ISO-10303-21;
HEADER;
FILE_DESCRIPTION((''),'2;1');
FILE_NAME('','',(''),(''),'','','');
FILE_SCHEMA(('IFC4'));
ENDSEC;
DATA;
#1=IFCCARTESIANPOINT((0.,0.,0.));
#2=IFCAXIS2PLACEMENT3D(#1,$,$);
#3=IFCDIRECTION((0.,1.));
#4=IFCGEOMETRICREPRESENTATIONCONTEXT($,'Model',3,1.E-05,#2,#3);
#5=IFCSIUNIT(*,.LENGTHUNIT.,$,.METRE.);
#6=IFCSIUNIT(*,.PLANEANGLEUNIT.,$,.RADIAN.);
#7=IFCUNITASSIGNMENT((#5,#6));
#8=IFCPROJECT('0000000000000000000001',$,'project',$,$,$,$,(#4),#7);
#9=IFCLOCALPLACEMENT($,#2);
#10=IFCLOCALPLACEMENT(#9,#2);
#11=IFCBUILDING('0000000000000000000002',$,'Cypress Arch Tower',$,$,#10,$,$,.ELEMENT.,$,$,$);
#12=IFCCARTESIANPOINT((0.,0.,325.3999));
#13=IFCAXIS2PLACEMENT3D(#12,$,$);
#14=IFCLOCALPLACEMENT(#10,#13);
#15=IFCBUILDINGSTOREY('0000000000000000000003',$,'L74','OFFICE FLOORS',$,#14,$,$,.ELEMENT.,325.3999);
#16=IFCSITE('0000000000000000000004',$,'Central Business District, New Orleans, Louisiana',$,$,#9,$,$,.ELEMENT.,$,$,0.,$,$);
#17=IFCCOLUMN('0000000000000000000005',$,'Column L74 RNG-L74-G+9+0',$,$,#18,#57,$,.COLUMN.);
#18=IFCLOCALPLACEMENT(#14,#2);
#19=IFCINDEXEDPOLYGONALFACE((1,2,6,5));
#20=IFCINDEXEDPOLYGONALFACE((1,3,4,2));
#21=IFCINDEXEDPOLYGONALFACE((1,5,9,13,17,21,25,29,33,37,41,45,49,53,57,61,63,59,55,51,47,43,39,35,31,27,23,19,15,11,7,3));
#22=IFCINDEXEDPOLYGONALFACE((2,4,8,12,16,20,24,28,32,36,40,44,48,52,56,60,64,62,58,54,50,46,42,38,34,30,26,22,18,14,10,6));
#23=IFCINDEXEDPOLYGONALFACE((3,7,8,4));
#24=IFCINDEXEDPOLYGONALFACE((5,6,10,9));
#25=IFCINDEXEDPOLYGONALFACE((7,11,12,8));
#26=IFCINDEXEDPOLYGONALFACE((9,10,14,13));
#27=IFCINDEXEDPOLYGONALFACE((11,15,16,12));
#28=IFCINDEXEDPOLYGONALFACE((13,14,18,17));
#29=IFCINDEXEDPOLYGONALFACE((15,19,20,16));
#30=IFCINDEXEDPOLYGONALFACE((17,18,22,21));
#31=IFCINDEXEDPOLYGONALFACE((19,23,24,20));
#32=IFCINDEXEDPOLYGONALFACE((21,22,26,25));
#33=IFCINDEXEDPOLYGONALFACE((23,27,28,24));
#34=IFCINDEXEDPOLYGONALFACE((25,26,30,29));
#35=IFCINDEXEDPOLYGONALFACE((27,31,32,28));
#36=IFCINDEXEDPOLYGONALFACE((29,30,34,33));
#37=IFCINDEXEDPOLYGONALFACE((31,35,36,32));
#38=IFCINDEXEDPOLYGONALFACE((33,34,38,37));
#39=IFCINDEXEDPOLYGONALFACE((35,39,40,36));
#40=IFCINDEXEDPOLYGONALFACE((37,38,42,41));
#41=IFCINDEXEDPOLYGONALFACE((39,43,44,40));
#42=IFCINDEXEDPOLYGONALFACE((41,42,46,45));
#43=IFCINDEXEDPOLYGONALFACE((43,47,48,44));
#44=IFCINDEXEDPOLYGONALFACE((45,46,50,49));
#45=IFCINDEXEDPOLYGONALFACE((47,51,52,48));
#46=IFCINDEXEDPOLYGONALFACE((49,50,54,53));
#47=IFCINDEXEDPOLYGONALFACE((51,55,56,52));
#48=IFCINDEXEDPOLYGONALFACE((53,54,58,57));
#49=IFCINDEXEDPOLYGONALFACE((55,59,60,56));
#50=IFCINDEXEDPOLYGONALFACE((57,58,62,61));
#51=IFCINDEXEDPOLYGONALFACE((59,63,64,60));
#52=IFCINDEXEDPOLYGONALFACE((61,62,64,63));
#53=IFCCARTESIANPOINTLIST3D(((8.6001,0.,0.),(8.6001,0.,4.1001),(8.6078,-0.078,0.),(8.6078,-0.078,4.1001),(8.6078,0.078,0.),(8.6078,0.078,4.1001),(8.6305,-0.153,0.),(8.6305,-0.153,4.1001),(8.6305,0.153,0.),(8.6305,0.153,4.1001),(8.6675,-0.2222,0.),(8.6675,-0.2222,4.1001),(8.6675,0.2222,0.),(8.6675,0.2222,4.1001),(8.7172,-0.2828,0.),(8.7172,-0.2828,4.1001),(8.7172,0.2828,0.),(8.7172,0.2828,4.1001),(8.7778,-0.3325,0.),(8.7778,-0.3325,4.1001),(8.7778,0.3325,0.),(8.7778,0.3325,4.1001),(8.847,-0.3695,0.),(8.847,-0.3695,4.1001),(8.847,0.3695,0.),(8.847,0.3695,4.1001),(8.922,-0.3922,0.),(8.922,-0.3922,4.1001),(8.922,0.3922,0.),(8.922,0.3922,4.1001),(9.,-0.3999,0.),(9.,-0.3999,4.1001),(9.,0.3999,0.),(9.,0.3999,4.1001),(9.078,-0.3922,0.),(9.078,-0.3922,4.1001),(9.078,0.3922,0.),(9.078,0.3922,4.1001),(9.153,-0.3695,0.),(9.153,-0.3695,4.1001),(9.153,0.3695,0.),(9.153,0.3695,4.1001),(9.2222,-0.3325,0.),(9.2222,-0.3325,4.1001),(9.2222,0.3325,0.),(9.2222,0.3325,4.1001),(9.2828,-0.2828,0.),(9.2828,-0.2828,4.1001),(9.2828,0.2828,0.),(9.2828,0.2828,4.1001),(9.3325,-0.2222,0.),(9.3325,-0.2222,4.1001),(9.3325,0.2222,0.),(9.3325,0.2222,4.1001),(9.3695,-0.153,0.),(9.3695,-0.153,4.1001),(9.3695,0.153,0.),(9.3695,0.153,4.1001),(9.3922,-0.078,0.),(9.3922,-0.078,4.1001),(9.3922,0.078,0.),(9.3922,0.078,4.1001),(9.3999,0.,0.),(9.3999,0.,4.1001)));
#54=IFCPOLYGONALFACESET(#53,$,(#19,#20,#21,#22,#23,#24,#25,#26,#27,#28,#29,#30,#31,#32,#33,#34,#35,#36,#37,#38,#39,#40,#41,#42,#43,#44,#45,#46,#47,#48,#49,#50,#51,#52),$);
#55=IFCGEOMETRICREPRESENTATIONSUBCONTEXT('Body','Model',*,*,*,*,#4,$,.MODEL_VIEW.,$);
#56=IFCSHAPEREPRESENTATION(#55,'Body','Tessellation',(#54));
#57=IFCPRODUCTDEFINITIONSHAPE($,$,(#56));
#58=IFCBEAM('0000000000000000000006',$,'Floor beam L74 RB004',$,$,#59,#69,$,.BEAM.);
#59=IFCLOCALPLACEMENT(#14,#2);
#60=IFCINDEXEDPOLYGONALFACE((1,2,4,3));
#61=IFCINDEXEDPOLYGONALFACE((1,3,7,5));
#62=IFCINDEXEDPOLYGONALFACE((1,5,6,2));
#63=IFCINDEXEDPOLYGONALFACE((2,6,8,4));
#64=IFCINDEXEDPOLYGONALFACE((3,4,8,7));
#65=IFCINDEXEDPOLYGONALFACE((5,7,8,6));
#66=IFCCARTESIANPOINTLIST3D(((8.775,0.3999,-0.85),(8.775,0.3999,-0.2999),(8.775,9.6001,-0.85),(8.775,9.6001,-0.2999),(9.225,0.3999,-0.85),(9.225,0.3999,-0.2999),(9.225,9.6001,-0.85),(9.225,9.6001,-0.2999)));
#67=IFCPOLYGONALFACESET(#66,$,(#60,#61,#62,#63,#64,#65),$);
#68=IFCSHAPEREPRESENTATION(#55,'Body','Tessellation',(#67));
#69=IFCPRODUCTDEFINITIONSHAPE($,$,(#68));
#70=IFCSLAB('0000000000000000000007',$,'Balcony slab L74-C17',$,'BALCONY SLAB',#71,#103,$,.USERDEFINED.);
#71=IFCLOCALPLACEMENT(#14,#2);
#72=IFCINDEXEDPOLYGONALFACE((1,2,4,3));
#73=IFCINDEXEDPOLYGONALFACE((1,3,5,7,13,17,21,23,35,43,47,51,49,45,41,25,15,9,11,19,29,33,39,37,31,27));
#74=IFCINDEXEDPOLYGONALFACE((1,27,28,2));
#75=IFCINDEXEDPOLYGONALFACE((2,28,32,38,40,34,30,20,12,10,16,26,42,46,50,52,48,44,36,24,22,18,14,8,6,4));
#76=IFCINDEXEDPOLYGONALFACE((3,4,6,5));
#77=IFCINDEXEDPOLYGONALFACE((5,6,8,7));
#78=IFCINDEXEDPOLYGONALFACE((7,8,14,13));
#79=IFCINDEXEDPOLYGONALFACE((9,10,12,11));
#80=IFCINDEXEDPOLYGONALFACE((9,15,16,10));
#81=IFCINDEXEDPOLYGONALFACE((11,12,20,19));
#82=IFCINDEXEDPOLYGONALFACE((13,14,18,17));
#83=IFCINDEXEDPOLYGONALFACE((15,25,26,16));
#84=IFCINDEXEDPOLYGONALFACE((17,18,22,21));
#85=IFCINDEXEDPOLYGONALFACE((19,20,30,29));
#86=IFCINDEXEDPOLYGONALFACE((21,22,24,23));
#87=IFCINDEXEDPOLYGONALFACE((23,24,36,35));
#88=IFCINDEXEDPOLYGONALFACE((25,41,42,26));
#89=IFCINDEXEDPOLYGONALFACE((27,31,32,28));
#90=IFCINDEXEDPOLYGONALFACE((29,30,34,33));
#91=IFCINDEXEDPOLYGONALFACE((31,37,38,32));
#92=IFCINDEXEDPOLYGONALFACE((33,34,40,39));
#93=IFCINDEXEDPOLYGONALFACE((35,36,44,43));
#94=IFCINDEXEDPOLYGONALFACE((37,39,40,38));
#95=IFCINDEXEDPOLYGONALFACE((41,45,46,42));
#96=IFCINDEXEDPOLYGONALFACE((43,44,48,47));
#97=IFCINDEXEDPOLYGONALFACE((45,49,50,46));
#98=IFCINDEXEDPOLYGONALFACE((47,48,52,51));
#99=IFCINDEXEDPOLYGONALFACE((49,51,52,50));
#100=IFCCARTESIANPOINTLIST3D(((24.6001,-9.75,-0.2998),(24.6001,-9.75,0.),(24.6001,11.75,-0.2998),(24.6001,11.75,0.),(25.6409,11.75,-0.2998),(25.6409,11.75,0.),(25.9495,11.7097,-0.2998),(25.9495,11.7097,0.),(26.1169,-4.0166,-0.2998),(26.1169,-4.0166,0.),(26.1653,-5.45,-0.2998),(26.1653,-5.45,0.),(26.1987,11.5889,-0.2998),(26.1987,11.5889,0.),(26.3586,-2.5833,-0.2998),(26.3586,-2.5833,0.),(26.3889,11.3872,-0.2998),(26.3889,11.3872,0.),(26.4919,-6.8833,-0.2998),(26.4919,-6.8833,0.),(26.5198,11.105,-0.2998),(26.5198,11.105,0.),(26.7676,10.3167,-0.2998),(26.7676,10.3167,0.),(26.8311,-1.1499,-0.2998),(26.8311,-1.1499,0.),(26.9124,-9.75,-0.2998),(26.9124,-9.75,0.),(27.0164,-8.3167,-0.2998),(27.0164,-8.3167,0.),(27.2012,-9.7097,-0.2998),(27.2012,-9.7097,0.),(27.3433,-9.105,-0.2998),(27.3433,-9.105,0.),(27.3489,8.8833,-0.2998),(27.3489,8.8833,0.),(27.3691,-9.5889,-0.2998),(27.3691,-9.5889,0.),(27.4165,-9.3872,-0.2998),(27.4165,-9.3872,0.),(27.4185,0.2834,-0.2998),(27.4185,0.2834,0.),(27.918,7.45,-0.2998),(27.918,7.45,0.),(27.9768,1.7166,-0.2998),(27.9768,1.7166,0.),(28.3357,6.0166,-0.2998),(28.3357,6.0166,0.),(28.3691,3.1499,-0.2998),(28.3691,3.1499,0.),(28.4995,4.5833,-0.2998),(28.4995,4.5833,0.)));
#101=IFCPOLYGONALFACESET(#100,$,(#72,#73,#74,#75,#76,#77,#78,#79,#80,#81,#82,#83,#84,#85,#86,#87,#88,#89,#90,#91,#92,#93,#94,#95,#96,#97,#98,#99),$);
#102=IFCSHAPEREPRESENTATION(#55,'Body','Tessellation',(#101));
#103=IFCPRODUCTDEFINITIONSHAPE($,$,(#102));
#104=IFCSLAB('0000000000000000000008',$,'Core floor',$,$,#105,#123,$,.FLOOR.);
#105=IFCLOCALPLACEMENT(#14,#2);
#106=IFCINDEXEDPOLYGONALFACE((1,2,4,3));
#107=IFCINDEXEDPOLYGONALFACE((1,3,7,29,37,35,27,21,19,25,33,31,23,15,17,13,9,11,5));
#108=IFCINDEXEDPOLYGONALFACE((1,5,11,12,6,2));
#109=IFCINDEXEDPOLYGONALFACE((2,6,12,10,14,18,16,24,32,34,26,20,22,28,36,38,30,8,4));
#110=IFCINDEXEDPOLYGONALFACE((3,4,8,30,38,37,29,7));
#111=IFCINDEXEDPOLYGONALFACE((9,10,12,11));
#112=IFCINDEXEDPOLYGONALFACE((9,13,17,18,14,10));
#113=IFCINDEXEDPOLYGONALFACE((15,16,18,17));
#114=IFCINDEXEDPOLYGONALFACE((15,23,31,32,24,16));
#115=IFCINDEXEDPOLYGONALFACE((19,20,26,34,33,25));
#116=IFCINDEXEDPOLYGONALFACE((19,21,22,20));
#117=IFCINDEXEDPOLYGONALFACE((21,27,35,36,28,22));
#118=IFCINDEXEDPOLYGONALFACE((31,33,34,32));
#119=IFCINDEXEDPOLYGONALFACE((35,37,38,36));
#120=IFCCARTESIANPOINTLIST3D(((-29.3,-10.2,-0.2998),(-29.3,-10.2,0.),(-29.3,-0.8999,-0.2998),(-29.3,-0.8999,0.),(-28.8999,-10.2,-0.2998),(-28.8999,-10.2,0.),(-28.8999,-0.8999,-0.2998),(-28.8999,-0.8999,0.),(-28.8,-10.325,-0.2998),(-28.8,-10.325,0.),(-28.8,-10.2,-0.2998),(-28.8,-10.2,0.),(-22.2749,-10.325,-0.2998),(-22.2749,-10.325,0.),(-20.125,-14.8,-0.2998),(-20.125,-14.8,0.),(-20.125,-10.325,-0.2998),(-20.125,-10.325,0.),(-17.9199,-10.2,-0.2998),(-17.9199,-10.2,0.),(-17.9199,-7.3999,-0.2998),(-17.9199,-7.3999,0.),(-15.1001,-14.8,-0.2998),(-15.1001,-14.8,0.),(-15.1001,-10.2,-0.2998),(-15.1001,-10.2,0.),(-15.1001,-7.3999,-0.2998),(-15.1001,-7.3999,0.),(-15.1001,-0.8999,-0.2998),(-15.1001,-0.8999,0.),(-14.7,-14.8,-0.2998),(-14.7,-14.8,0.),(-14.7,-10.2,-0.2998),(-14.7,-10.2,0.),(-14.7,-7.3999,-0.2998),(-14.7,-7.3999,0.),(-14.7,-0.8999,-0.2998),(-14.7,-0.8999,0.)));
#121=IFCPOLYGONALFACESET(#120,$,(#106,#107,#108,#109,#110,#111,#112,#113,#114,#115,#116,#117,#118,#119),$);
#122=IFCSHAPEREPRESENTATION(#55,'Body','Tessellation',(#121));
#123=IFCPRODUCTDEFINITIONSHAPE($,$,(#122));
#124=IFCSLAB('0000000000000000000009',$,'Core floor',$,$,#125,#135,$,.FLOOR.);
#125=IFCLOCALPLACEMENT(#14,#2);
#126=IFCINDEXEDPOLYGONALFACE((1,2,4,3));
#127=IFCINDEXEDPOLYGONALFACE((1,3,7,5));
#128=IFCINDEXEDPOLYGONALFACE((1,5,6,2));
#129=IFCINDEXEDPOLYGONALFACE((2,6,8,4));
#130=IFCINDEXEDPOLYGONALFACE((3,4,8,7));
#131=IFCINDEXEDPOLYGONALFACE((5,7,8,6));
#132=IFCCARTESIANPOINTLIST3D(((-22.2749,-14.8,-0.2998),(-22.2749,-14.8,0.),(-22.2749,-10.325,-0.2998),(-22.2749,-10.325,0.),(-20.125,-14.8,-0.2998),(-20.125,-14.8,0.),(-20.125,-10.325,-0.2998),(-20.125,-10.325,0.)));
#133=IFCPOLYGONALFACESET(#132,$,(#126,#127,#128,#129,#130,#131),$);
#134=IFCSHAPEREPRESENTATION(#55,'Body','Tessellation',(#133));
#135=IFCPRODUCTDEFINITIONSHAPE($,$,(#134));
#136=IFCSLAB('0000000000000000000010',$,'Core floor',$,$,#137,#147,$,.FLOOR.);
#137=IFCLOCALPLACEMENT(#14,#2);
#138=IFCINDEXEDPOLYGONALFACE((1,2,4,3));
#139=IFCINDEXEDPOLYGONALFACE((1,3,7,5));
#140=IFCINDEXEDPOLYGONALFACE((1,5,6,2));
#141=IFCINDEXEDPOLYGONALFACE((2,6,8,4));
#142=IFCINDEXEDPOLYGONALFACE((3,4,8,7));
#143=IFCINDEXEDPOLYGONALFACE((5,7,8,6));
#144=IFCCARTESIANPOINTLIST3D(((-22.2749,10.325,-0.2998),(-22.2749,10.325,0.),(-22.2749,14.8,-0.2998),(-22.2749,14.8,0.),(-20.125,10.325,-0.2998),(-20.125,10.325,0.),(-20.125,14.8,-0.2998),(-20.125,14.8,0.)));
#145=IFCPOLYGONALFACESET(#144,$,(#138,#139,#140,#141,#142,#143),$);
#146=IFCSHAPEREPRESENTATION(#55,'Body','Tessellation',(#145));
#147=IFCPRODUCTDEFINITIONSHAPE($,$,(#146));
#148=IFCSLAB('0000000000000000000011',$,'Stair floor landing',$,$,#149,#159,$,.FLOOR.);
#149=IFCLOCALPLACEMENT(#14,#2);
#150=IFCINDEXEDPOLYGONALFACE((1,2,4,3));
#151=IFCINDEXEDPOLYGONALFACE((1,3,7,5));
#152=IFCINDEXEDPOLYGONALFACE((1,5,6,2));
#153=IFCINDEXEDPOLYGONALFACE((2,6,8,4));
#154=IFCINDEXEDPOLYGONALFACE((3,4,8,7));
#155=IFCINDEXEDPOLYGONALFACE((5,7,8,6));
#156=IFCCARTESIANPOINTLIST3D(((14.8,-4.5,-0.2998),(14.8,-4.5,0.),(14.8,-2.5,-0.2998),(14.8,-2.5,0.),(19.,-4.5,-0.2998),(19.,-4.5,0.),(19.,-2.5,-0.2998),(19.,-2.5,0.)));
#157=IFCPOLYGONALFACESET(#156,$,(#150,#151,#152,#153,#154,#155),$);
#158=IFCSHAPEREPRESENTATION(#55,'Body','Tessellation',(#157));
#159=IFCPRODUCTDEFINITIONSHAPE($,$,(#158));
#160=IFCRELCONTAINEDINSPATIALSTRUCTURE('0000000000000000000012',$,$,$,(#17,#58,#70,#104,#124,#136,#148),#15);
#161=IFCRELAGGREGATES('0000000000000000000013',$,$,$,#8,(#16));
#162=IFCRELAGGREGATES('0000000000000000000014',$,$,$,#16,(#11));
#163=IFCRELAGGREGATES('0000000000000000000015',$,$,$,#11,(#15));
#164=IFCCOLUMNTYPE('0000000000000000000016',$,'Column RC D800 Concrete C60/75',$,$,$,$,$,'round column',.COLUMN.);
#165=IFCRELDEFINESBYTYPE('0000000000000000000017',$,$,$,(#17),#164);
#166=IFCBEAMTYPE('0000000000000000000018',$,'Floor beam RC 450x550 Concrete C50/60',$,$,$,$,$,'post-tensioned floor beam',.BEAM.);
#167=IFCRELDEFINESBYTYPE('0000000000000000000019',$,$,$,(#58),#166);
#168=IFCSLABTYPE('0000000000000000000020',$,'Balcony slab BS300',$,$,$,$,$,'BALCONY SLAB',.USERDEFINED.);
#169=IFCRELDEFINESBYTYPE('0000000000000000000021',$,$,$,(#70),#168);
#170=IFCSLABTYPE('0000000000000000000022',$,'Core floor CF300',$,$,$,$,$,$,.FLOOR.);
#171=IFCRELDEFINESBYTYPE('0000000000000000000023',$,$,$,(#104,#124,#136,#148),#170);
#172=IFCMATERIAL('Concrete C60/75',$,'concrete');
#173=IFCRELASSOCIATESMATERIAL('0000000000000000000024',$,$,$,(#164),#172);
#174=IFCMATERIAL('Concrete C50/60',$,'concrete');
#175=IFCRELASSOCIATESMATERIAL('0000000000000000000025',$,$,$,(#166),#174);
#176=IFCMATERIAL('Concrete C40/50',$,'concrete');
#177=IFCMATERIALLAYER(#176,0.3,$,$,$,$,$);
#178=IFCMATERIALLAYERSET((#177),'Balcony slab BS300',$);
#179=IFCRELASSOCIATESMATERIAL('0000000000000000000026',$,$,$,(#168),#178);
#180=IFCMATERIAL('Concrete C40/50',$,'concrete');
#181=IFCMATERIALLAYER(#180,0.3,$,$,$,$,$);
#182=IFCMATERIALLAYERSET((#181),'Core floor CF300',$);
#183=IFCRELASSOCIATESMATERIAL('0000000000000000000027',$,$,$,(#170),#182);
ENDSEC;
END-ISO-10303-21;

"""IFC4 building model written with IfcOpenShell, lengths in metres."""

from ifc_helpers import new_model, si_unit, direction, frame, origin, origin_2d, place, context, subcontext, project, spatial, polyline, rectangle, circle, outline, extrude, material, layer, layer_set, material_profile, profile_set, type_object, element, save


model = new_model("IFC4")

# Units and contexts
model_context = context("Model", 3, precision=1e-05, world=origin(), true_north=direction((0.0, 1.0)))
body_context = subcontext(model_context, "Body", "Model", "MODEL_VIEW")
ifc_project = project(units=[si_unit("LENGTHUNIT", "METRE"), si_unit("PLANEANGLEUNIT", "RADIAN")], contexts=[model_context])

# Site, building, storey
site_placement = place(None, origin())
site = spatial("IfcSite", under=ifc_project, at=site_placement, Name="Central Business District, New Orleans, Louisiana", CompositionType="ELEMENT", RefElevation=0.0)
building_placement = place(site_placement, origin())
building = spatial("IfcBuilding", under=site, at=building_placement, Name="Cypress Arch Tower", CompositionType="ELEMENT")
storey_placement = place(building_placement, frame((0.0, 0.0, 325.3999)))
storey = spatial("IfcBuildingStorey", under=building, at=storey_placement, Name="L74", Description="OFFICE FLOORS", CompositionType="ELEMENT", Elevation=325.3999)

# Column
ifc_material_1 = material(Name="Concrete C60/75", Category="concrete")
ifc_material_profile_1 = material_profile(ifc_material_1, circle(Radius=0.3999, at=origin_2d()), Name="RC D800")
ifc_profile_set_1 = profile_set([ifc_material_profile_1], Name="Concrete C60/75")
column_type = type_object("IfcColumnType", Name="Column RC D800 Concrete C60/75", ElementType="round column", PredefinedType="COLUMN", material=ifc_profile_set_1)
column_placement = place(storey_placement, frame((9.0, 0.0, 0.0), z_axis=(0.0, 0.0, 1.0), x_axis=(1.0, 0.0, 0.0)))
element("IfcColumn", 1, at=column_placement, inside=storey, type_object=column_type, Name="Column L74 RNG-L74-G+9+0", PredefinedType="COLUMN", context=body_context, shape_type="SweptSolid", body=[
    extrude(circle(Radius=0.3999, at=origin_2d()), origin(), (0.0, 0.0, 1.0), 4.1001),
])

# Beam
ifc_material_2 = material(Name="Concrete C50/60", Category="concrete")
ifc_material_profile_2 = material_profile(ifc_material_2, rectangle(XDim=0.45, YDim=0.55, at=origin_2d()), Name="RC 450x550")
ifc_profile_set_2 = profile_set([ifc_material_profile_2], Name="Concrete C50/60")
beam_type = type_object("IfcBeamType", Name="Floor beam RC 450x550 Concrete C50/60", ElementType="post-tensioned floor beam", PredefinedType="BEAM", material=ifc_profile_set_2)
beam_placement = place(storey_placement, frame((9.0, 0.3999, -0.575), z_axis=(0.0, 1.0, 0.0), x_axis=(-1.0, 0.0, 0.0)))
element("IfcBeam", 2, at=beam_placement, inside=storey, type_object=beam_type, Name="Floor beam L74 RB004", PredefinedType="BEAM", context=body_context, shape_type="SweptSolid", body=[
    extrude(rectangle(XDim=0.45, YDim=0.55, at=origin_2d()), origin(), (0.0, 0.0, 1.0), 9.2002),
])

# Slabs
ifc_material_3 = material(Name="Concrete C40/50", Category="concrete")
ifc_layer_1 = layer(ifc_material_3, 0.3)
ifc_layer_set_1 = layer_set([ifc_layer_1], Name="Balcony slab BS300")
slab_type_1 = type_object("IfcSlabType", Name="Balcony slab BS300", ElementType="BALCONY SLAB", PredefinedType="USERDEFINED", material=ifc_layer_set_1)
slab_1_placement = place(storey_placement, frame((0.0, 0.0, -0.2998)))
element("IfcSlab", 3, at=slab_1_placement, inside=storey, type_object=slab_type_1, Name="Balcony slab L74-C17", ObjectType="BALCONY SLAB", PredefinedType="USERDEFINED", context=body_context, shape_type="SweptSolid", body=[
    extrude(outline(polyline([(24.6001, -9.75), (26.9124, -9.75), (27.2012, -9.7097), (27.3691, -9.5889), (27.4165, -9.3872), (27.3433, -9.105), (27.0164, -8.3167), (26.4919, -6.8833), (26.1653, -5.45), (26.1169, -4.0166), (26.3586, -2.5833), (26.8311, -1.1499), (27.4185, 0.2834), (27.9768, 1.7166), (28.3691, 3.1499), (28.4995, 4.5833), (28.3357, 6.0166), (27.918, 7.45), (27.3489, 8.8833), (26.7676, 10.3167), (26.5198, 11.105), (26.3889, 11.3872), (26.1987, 11.5889), (25.9495, 11.7097), (25.6409, 11.75), (24.6001, 11.75), (24.6001, -9.75)])), origin(), (0.0, 0.0, 1.0), 0.2998),
])
ifc_material_4 = material(Name="Concrete C40/50", Category="concrete")
ifc_layer_2 = layer(ifc_material_4, 0.3)
ifc_layer_set_2 = layer_set([ifc_layer_2], Name="Core floor CF300")
slab_type_2 = type_object("IfcSlabType", Name="Core floor CF300", PredefinedType="FLOOR", material=ifc_layer_set_2)
slab_2_placement = place(storey_placement, frame((0.0, 0.0, -0.2998)))
element("IfcSlab", 4, at=slab_2_placement, inside=storey, type_object=slab_type_2, Name="Core floor", PredefinedType="FLOOR", context=body_context, shape_type="SweptSolid", body=[
    extrude(outline(polyline([(-28.8999, -10.2), (-29.3, -10.2), (-29.3, -0.8999), (-28.8999, -0.8999), (-15.1001, -0.8999), (-14.7, -0.8999), (-14.7, -7.3999), (-15.1001, -7.3999), (-17.9199, -7.3999), (-17.9199, -10.2), (-15.1001, -10.2), (-14.7, -10.2), (-14.7, -14.8), (-15.1001, -14.8), (-20.125, -14.8), (-20.125, -10.325), (-22.2749, -10.325), (-28.8, -10.325), (-28.8, -10.2), (-28.8999, -10.2)])), origin(), (0.0, 0.0, 1.0), 0.2998),
])
slab_3_placement = place(storey_placement, frame((0.0, 0.0, -0.2998)))
element("IfcSlab", 5, at=slab_3_placement, inside=storey, type_object=slab_type_2, Name="Core floor", PredefinedType="FLOOR", context=body_context, shape_type="SweptSolid", body=[
    extrude(outline(polyline([(-22.2749, -10.325), (-22.2749, -14.8), (-20.125, -14.8), (-20.125, -10.325), (-22.2749, -10.325)])), origin(), (0.0, 0.0, 1.0), 0.2998),
])
slab_4_placement = place(storey_placement, frame((0.0, 0.0, -0.2998)))
element("IfcSlab", 6, at=slab_4_placement, inside=storey, type_object=slab_type_2, Name="Core floor", PredefinedType="FLOOR", context=body_context, shape_type="SweptSolid", body=[
    extrude(outline(polyline([(-20.125, 14.8), (-22.2749, 14.8), (-22.2749, 10.325), (-20.125, 10.325), (-20.125, 14.8)])), origin(), (0.0, 0.0, 1.0), 0.2998),
])
slab_5_placement = place(storey_placement, frame((0.0, 0.0, -0.2998)))
element("IfcSlab", 7, at=slab_5_placement, inside=storey, type_object=slab_type_2, Name="Stair floor landing", PredefinedType="FLOOR", context=body_context, shape_type="SweptSolid", body=[
    extrude(outline(polyline([(19.0, -4.5), (19.0, -2.5), (14.8, -2.5), (14.8, -4.5), (19.0, -4.5)])), origin(), (0.0, 0.0, 1.0), 0.2998),
])

save(model, "model.ifc")
